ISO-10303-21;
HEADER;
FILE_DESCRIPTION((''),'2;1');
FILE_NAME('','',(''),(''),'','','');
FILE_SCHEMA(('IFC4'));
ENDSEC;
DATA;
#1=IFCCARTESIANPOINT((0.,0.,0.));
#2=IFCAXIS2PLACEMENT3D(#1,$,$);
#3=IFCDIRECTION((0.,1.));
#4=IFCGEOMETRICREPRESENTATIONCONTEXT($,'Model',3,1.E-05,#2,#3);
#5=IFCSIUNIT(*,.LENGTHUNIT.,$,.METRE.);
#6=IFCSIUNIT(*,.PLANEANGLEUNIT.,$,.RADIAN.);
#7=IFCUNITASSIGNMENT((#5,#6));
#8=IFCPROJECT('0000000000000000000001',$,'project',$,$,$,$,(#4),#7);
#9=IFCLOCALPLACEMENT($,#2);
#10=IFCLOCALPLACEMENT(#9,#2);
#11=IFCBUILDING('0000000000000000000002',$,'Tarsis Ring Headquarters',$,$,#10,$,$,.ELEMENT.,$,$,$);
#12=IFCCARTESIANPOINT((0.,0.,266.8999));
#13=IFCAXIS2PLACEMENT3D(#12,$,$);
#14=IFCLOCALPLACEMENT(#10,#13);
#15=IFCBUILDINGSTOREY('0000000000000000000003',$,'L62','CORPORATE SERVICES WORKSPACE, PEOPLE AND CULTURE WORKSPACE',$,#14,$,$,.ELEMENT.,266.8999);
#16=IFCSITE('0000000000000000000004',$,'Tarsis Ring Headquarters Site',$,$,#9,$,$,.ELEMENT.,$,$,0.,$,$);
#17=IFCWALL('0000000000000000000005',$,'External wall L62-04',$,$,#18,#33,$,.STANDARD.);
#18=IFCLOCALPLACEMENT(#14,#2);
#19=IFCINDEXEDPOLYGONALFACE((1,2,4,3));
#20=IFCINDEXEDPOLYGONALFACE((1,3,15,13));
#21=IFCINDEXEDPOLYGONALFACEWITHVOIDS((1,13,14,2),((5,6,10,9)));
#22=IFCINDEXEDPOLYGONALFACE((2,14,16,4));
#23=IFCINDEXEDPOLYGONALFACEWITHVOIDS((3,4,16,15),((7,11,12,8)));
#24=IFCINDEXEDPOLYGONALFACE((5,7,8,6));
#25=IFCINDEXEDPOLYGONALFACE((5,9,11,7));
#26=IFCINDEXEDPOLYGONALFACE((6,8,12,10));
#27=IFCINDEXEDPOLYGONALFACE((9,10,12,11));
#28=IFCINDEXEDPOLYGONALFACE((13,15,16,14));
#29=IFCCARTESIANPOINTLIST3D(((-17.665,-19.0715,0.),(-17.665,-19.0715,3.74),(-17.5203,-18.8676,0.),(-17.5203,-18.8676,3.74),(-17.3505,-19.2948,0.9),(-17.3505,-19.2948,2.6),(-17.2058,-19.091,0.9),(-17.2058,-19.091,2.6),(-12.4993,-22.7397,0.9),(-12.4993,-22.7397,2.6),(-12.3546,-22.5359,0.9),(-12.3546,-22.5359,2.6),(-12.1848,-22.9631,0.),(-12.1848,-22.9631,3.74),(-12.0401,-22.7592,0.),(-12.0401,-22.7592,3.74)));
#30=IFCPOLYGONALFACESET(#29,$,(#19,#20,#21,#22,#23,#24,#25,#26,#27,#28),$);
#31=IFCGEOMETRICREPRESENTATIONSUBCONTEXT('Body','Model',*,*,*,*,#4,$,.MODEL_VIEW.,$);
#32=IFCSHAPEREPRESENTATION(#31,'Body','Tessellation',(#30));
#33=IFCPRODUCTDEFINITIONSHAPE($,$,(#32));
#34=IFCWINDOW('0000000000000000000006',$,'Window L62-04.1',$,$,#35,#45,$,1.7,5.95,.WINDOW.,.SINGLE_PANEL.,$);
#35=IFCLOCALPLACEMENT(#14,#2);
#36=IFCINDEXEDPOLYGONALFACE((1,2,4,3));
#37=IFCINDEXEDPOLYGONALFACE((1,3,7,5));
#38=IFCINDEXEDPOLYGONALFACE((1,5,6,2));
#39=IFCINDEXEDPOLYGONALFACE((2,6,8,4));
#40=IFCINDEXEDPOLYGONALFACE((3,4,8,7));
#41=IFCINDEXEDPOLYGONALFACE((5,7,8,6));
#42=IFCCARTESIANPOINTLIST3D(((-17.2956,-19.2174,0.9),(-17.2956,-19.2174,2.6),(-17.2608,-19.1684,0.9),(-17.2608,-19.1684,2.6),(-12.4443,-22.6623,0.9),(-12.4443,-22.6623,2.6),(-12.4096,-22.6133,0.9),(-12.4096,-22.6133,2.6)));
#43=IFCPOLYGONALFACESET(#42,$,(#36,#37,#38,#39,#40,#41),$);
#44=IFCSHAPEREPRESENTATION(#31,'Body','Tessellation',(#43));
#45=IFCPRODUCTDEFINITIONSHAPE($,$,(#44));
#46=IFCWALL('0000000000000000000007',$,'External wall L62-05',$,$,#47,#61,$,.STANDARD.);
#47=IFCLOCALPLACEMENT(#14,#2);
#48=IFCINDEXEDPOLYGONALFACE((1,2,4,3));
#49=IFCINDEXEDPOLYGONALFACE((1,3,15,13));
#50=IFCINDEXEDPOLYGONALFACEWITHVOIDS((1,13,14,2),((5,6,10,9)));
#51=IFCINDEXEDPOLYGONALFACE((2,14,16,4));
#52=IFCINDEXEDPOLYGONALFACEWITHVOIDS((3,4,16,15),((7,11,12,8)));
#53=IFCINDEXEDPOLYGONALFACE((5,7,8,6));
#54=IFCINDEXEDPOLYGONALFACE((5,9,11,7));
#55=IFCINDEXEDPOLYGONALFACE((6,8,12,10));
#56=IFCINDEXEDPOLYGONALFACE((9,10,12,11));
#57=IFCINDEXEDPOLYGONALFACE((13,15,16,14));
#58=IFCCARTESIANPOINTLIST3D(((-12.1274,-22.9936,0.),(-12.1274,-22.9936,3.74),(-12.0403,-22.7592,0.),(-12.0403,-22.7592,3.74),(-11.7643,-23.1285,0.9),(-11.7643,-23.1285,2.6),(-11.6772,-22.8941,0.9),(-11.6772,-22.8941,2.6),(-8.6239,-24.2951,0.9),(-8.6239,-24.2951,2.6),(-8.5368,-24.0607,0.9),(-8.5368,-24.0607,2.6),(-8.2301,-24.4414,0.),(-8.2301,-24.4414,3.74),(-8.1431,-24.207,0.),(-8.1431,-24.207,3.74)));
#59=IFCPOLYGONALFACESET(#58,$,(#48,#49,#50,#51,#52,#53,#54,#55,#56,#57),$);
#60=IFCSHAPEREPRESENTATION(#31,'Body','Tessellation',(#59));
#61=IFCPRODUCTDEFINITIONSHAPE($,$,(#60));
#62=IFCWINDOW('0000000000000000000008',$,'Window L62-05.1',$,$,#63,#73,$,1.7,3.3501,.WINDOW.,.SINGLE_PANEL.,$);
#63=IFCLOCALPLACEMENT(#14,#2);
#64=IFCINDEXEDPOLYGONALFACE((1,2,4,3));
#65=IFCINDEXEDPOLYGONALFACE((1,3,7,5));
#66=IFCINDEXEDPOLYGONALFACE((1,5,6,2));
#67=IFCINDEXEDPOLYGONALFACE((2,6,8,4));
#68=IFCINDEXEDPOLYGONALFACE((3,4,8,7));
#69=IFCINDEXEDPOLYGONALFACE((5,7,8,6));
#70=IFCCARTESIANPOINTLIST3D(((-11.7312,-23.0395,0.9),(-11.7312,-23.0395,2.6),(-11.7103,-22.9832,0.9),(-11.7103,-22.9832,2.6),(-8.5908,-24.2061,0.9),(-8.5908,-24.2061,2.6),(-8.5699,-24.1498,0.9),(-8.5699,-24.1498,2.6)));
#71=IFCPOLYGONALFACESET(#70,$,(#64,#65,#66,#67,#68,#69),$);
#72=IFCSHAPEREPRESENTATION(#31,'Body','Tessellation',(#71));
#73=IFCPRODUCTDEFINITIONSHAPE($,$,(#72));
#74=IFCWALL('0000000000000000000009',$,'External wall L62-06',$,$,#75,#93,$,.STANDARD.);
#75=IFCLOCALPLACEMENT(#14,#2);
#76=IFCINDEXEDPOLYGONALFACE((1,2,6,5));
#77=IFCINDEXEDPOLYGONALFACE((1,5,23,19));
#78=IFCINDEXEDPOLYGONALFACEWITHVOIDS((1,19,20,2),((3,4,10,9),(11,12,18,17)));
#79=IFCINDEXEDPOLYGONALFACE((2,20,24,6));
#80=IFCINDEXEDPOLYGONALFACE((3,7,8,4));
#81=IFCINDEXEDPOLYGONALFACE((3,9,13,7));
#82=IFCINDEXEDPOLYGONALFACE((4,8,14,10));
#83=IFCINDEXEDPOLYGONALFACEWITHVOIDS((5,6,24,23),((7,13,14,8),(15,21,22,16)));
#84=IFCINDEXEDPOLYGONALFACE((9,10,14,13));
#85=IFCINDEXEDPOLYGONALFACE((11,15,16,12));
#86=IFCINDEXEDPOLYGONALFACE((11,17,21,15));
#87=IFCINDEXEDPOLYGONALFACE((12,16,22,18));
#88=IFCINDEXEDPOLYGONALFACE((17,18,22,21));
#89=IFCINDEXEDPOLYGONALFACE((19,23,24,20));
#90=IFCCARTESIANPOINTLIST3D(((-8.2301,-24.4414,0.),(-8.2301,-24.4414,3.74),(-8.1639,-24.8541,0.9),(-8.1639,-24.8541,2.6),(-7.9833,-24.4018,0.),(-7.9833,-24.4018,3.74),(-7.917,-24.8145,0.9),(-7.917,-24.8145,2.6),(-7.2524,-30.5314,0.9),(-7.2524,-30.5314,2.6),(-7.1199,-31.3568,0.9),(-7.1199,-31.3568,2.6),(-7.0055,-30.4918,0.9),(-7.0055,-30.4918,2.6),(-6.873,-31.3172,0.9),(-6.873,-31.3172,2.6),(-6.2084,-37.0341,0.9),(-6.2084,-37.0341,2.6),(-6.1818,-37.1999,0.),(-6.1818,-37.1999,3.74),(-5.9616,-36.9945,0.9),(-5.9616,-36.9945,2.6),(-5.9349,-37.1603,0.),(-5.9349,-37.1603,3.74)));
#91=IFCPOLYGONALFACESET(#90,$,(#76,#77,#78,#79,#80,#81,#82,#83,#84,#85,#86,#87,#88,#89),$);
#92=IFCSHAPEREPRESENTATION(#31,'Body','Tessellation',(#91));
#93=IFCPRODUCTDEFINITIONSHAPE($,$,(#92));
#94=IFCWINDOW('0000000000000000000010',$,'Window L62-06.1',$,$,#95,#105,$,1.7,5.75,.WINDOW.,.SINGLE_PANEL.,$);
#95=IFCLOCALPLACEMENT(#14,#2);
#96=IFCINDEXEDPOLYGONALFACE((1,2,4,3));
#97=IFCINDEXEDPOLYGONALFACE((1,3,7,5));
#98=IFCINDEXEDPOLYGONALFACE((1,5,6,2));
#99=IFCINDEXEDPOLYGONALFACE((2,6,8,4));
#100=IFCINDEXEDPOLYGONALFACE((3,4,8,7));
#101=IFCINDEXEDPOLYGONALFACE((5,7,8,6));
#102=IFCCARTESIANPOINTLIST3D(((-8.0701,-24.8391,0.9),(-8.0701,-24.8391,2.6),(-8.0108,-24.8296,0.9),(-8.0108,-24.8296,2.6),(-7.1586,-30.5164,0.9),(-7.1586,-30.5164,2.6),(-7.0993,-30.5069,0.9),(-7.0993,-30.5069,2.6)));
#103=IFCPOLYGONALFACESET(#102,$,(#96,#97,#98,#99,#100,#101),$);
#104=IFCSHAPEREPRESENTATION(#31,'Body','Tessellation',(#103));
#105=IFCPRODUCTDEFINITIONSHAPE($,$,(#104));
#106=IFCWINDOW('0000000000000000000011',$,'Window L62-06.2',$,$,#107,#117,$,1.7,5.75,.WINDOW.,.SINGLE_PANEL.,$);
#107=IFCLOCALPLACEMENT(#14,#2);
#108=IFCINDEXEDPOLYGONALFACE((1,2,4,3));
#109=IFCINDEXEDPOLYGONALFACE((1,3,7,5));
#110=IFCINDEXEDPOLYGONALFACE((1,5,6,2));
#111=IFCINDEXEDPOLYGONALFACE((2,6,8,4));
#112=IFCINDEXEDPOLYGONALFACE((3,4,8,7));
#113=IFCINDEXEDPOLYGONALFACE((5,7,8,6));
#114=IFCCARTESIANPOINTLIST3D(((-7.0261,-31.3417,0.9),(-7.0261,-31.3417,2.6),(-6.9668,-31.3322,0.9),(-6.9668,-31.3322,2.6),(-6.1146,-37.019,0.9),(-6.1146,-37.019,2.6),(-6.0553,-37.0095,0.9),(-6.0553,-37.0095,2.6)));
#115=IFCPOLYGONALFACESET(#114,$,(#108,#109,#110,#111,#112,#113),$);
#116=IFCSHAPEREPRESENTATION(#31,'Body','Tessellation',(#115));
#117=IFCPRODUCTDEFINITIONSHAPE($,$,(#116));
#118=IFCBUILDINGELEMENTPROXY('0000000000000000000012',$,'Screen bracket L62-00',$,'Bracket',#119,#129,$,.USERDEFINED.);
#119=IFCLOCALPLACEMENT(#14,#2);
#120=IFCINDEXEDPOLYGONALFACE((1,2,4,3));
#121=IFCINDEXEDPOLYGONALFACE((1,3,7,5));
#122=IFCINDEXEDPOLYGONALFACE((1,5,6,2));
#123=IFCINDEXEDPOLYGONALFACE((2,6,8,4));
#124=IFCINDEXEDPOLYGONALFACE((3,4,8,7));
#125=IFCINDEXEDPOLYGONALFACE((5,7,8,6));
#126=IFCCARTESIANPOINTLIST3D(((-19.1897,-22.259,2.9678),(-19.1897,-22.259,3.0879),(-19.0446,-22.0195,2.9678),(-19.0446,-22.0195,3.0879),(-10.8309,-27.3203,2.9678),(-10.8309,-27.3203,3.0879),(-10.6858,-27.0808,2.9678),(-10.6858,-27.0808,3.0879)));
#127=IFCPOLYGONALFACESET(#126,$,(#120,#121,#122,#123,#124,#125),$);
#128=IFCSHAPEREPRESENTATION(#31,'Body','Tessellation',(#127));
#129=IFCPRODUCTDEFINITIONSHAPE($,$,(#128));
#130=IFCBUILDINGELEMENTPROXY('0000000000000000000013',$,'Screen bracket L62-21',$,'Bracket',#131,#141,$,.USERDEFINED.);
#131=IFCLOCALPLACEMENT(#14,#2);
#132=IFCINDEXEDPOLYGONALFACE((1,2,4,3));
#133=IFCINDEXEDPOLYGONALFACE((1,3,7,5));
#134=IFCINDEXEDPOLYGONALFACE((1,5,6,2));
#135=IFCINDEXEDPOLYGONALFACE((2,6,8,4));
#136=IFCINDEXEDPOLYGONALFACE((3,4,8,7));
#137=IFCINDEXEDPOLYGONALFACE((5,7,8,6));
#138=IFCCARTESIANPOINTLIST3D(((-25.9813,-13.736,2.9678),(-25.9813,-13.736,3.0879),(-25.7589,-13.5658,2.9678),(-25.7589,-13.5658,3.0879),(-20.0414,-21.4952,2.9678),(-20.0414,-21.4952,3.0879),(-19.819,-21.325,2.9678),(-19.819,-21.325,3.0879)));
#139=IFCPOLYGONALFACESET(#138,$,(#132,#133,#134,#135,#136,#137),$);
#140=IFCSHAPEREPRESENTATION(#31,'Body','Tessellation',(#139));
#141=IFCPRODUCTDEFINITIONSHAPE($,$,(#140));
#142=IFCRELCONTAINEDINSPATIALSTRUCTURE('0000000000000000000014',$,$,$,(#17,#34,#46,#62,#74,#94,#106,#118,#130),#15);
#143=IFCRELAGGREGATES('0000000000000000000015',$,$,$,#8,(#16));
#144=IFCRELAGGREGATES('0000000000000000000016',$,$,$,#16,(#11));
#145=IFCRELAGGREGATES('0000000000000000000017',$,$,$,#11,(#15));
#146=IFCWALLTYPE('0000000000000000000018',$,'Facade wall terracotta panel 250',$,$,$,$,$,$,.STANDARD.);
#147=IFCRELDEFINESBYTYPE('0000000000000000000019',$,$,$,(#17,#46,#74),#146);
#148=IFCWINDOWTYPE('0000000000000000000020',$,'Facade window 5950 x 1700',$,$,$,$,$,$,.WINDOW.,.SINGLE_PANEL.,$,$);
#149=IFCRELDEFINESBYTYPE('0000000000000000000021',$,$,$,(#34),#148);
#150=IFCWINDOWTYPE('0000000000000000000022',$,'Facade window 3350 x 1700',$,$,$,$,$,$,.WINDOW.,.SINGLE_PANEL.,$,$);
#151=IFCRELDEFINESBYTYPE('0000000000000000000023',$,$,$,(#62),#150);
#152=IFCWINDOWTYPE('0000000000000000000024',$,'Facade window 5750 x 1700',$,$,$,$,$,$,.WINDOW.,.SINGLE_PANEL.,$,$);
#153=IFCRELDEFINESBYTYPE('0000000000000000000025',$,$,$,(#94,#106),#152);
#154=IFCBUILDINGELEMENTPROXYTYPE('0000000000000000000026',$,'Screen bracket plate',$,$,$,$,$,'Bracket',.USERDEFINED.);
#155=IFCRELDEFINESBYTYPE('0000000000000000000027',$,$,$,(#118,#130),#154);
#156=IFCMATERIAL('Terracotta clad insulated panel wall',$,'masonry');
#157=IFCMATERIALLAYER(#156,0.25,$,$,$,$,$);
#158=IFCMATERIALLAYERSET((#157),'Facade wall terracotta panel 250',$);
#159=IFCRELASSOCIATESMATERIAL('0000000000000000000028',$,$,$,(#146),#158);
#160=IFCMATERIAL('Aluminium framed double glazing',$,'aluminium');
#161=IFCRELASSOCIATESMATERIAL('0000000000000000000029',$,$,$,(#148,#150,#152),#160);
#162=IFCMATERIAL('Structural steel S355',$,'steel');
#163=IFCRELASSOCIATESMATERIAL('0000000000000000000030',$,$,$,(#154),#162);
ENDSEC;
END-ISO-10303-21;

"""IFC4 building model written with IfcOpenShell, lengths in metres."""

from ifc_helpers import new_model, si_unit, direction, frame, frame_2d, origin, origin_2d, place, context, subcontext, project, spatial, rectangle, extrude, material, layer, layer_set, type_object, element, fill, save


model = new_model("IFC4")

# Units and contexts
model_context = context("Model", 3, precision=1e-05, world=origin(), true_north=direction((0.0, 1.0)))
body_context = subcontext(model_context, "Body", "Model", "MODEL_VIEW")
ifc_project = project(units=[si_unit("LENGTHUNIT", "METRE"), si_unit("PLANEANGLEUNIT", "RADIAN")], contexts=[model_context])

# Site, building, storey
site_placement = place(None, origin())
site = spatial("IfcSite", under=ifc_project, at=site_placement, Name="Tarsis Ring Headquarters Site", CompositionType="ELEMENT", RefElevation=0.0)
building_placement = place(site_placement, origin())
building = spatial("IfcBuilding", under=site, at=building_placement, Name="Tarsis Ring Headquarters", CompositionType="ELEMENT")
storey_placement = place(building_placement, frame((0.0, 0.0, 266.8999)))
storey = spatial("IfcBuildingStorey", under=building, at=storey_placement, Name="L62", Description="CORPORATE SERVICES WORKSPACE, PEOPLE AND CULTURE WORKSPACE", CompositionType="ELEMENT", Elevation=266.8999)

# Shared definitions
ifc_material_1 = material(Name="Structural steel S355", Category="steel")

# Walls, openings, windows
ifc_material_2 = material(Name="Terracotta clad insulated panel wall", Category="masonry")
ifc_layer_1 = layer(ifc_material_2, 0.25)
ifc_layer_set_1 = layer_set([ifc_layer_1], Name="Facade wall terracotta panel 250")
wall_type_1 = type_object("IfcWallType", Name="Facade wall terracotta panel 250", PredefinedType="STANDARD", material=ifc_layer_set_1)
wall_1_placement = place(storey_placement, frame((-17.5928, -18.9695, 0.0), z_axis=(0.0, 0.0, 1.0), x_axis=(0.815338, -0.578985, 0.0)))
wall_1 = element("IfcWall", 1, at=wall_1_placement, inside=storey, type_object=wall_type_1, Name="External wall L62-04", PredefinedType="STANDARD", context=body_context, shape_type="SweptSolid", body=[
    extrude(rectangle(XDim=6.7214, YDim=0.25, at=frame_2d((3.3608, 0.0))), origin(), (0.0, 0.0, 1.0), 3.74),
])
opening_1_placement = place(wall_1_placement, frame((0.3857, 0.0, 0.8999)))
opening_1 = element("IfcOpeningElement", 2, at=opening_1_placement, cuts=wall_1, PredefinedType="OPENING", context=body_context, shape_type="SweptSolid", body=[
    extrude(rectangle(XDim=5.95, YDim=1.7, at=frame_2d((2.9751, 0.8501))), frame((0.0, 0.135, 0.0), z_axis=(0.0, -1.0, 0.0), x_axis=(1.0, 0.0, 0.0)), (0.0, 0.0, 1.0), 0.27),
])
ifc_material_3 = material(Name="Aluminium framed double glazing", Category="aluminium")
window_type_1 = type_object("IfcWindowType", Name="Facade window 5950 x 1700", PartitioningType="SINGLE_PANEL", PredefinedType="WINDOW", material=ifc_material_3)
window_1_placement = place(opening_1_placement, origin())
window_1 = element("IfcWindow", 3, at=window_1_placement, inside=storey, type_object=window_type_1, Name="Window L62-04.1", OverallHeight=1.7, OverallWidth=5.95, PartitioningType="SINGLE_PANEL", PredefinedType="WINDOW", context=body_context, shape_type="SweptSolid", body=[
    extrude(rectangle(XDim=5.95, YDim=1.7, at=frame_2d((2.9751, 0.8501))), frame((0.0, 0.03, 0.0), z_axis=(0.0, -1.0, 0.0), x_axis=(1.0, 0.0, 0.0)), (0.0, 0.0, 1.0), 0.0601),
])
fill(opening_1, window_1)
wall_2_placement = place(storey_placement, frame((-12.0837, -22.8765, 0.0), z_axis=(0.0, 0.0, 1.0), x_axis=(0.937408, -0.348232, 0.0)))
wall_2 = element("IfcWall", 4, at=wall_2_placement, inside=storey, type_object=wall_type_1, Name="External wall L62-05", PredefinedType="STANDARD", context=body_context, shape_type="SweptSolid", body=[
    extrude(rectangle(XDim=4.1575, YDim=0.25, at=frame_2d((2.0786, 0.0))), origin(), (0.0, 0.0, 1.0), 3.74),
])
opening_2_placement = place(wall_2_placement, frame((0.3872, 0.0, 0.8999)))
opening_2 = element("IfcOpeningElement", 5, at=opening_2_placement, cuts=wall_2, PredefinedType="OPENING", context=body_context, shape_type="SweptSolid", body=[
    extrude(rectangle(XDim=3.3501, YDim=1.7, at=frame_2d((1.675, 0.8501))), frame((0.0, 0.135, 0.0), z_axis=(0.0, -1.0, 0.0), x_axis=(1.0, 0.0, 0.0)), (0.0, 0.0, 1.0), 0.27),
])
window_type_2 = type_object("IfcWindowType", Name="Facade window 3350 x 1700", PartitioningType="SINGLE_PANEL", PredefinedType="WINDOW", material=ifc_material_3)
window_2_placement = place(opening_2_placement, origin())
window_2 = element("IfcWindow", 6, at=window_2_placement, inside=storey, type_object=window_type_2, Name="Window L62-05.1", OverallHeight=1.7, OverallWidth=3.3501, PartitioningType="SINGLE_PANEL", PredefinedType="WINDOW", context=body_context, shape_type="SweptSolid", body=[
    extrude(rectangle(XDim=3.3501, YDim=1.7, at=frame_2d((1.675, 0.8501))), frame((0.0, 0.03, 0.0), z_axis=(0.0, -1.0, 0.0), x_axis=(1.0, 0.0, 0.0)), (0.0, 0.0, 1.0), 0.0601),
])
fill(opening_2, window_2)

# Wall, openings, windows
wall_3_placement = place(storey_placement, frame((-8.1067, -24.4216, 0.0), z_axis=(0.0, 0.0, 1.0), x_axis=(0.158517, -0.987356, 0.0)))
wall_3 = element("IfcWall", 7, at=wall_3_placement, inside=storey, type_object=wall_type_1, Name="External wall L62-06", PredefinedType="STANDARD", context=body_context, shape_type="SweptSolid", body=[
    extrude(rectangle(XDim=12.9219, YDim=0.25, at=frame_2d((6.4609, 0.0))), origin(), (0.0, 0.0, 1.0), 3.74),
])
opening_3_placement = place(wall_3_placement, frame((0.418, 0.0, 0.8999)))
opening_3 = element("IfcOpeningElement", 8, at=opening_3_placement, cuts=wall_3, PredefinedType="OPENING", context=body_context, shape_type="SweptSolid", body=[
    extrude(rectangle(XDim=5.75, YDim=1.7, at=frame_2d((2.875, 0.8501))), frame((0.0, 0.135, 0.0), z_axis=(0.0, -1.0, 0.0), x_axis=(1.0, 0.0, 0.0)), (0.0, 0.0, 1.0), 0.27),
])
opening_4_placement = place(wall_3_placement, frame((7.0039, 0.0, 0.8999)))
opening_4 = element("IfcOpeningElement", 9, at=opening_4_placement, cuts=wall_3, PredefinedType="OPENING", context=body_context, shape_type="SweptSolid", body=[
    extrude(rectangle(XDim=5.75, YDim=1.7, at=frame_2d((2.875, 0.8501))), frame((0.0, 0.135, 0.0), z_axis=(0.0, -1.0, 0.0), x_axis=(1.0, 0.0, 0.0)), (0.0, 0.0, 1.0), 0.27),
])
window_type_3 = type_object("IfcWindowType", Name="Facade window 5750 x 1700", PartitioningType="SINGLE_PANEL", PredefinedType="WINDOW", material=ifc_material_3)
window_3_placement = place(opening_3_placement, origin())
window_3 = element("IfcWindow", 10, at=window_3_placement, inside=storey, type_object=window_type_3, Name="Window L62-06.1", OverallHeight=1.7, OverallWidth=5.75, PartitioningType="SINGLE_PANEL", PredefinedType="WINDOW", context=body_context, shape_type="SweptSolid", body=[
    extrude(rectangle(XDim=5.75, YDim=1.7, at=frame_2d((2.875, 0.8501))), frame((0.0, 0.03, 0.0), z_axis=(0.0, -1.0, 0.0), x_axis=(1.0, 0.0, 0.0)), (0.0, 0.0, 1.0), 0.0601),
])
fill(opening_3, window_3)
window_4_placement = place(opening_4_placement, origin())
window_4 = element("IfcWindow", 11, at=window_4_placement, inside=storey, type_object=window_type_3, Name="Window L62-06.2", OverallHeight=1.7, OverallWidth=5.75, PartitioningType="SINGLE_PANEL", PredefinedType="WINDOW", context=body_context, shape_type="SweptSolid", body=[
    extrude(rectangle(XDim=5.75, YDim=1.7, at=frame_2d((2.875, 0.8501))), frame((0.0, 0.03, 0.0), z_axis=(0.0, -1.0, 0.0), x_axis=(1.0, 0.0, 0.0)), (0.0, 0.0, 1.0), 0.0601),
])
fill(opening_4, window_4)

# Building element proxies
building_element_proxy_type = type_object("IfcBuildingElementProxyType", Name="Screen bracket plate", ElementType="Bracket", PredefinedType="USERDEFINED", material=ifc_material_1)
for number, where, z_axis, x_axis, name in (
    (12, (-14.9377, -24.6699, 2.9678), (0.0, 0.0, 1.0), (0.855409, -0.517953, 0.0), "Screen bracket L62-00"),
    (13, (-22.9001, -17.5305, 2.9678), (0.0, 0.0, 1.0), (0.607861, -0.794043, 0.0), "Screen bracket L62-21"),
):
    element("IfcBuildingElementProxy", number, at=place(storey_placement, frame(where, z_axis=z_axis, x_axis=x_axis)), inside=storey, type_object=building_element_proxy_type, Name=name, ObjectType="Bracket", PredefinedType="USERDEFINED", context=body_context, shape_type="SweptSolid", body=[
        extrude(rectangle(XDim=9.7717, YDim=0.28, at=origin_2d()), origin(), (0.0, 0.0, 1.0), 0.1201),
    ])

save(model, "model.ifc")
